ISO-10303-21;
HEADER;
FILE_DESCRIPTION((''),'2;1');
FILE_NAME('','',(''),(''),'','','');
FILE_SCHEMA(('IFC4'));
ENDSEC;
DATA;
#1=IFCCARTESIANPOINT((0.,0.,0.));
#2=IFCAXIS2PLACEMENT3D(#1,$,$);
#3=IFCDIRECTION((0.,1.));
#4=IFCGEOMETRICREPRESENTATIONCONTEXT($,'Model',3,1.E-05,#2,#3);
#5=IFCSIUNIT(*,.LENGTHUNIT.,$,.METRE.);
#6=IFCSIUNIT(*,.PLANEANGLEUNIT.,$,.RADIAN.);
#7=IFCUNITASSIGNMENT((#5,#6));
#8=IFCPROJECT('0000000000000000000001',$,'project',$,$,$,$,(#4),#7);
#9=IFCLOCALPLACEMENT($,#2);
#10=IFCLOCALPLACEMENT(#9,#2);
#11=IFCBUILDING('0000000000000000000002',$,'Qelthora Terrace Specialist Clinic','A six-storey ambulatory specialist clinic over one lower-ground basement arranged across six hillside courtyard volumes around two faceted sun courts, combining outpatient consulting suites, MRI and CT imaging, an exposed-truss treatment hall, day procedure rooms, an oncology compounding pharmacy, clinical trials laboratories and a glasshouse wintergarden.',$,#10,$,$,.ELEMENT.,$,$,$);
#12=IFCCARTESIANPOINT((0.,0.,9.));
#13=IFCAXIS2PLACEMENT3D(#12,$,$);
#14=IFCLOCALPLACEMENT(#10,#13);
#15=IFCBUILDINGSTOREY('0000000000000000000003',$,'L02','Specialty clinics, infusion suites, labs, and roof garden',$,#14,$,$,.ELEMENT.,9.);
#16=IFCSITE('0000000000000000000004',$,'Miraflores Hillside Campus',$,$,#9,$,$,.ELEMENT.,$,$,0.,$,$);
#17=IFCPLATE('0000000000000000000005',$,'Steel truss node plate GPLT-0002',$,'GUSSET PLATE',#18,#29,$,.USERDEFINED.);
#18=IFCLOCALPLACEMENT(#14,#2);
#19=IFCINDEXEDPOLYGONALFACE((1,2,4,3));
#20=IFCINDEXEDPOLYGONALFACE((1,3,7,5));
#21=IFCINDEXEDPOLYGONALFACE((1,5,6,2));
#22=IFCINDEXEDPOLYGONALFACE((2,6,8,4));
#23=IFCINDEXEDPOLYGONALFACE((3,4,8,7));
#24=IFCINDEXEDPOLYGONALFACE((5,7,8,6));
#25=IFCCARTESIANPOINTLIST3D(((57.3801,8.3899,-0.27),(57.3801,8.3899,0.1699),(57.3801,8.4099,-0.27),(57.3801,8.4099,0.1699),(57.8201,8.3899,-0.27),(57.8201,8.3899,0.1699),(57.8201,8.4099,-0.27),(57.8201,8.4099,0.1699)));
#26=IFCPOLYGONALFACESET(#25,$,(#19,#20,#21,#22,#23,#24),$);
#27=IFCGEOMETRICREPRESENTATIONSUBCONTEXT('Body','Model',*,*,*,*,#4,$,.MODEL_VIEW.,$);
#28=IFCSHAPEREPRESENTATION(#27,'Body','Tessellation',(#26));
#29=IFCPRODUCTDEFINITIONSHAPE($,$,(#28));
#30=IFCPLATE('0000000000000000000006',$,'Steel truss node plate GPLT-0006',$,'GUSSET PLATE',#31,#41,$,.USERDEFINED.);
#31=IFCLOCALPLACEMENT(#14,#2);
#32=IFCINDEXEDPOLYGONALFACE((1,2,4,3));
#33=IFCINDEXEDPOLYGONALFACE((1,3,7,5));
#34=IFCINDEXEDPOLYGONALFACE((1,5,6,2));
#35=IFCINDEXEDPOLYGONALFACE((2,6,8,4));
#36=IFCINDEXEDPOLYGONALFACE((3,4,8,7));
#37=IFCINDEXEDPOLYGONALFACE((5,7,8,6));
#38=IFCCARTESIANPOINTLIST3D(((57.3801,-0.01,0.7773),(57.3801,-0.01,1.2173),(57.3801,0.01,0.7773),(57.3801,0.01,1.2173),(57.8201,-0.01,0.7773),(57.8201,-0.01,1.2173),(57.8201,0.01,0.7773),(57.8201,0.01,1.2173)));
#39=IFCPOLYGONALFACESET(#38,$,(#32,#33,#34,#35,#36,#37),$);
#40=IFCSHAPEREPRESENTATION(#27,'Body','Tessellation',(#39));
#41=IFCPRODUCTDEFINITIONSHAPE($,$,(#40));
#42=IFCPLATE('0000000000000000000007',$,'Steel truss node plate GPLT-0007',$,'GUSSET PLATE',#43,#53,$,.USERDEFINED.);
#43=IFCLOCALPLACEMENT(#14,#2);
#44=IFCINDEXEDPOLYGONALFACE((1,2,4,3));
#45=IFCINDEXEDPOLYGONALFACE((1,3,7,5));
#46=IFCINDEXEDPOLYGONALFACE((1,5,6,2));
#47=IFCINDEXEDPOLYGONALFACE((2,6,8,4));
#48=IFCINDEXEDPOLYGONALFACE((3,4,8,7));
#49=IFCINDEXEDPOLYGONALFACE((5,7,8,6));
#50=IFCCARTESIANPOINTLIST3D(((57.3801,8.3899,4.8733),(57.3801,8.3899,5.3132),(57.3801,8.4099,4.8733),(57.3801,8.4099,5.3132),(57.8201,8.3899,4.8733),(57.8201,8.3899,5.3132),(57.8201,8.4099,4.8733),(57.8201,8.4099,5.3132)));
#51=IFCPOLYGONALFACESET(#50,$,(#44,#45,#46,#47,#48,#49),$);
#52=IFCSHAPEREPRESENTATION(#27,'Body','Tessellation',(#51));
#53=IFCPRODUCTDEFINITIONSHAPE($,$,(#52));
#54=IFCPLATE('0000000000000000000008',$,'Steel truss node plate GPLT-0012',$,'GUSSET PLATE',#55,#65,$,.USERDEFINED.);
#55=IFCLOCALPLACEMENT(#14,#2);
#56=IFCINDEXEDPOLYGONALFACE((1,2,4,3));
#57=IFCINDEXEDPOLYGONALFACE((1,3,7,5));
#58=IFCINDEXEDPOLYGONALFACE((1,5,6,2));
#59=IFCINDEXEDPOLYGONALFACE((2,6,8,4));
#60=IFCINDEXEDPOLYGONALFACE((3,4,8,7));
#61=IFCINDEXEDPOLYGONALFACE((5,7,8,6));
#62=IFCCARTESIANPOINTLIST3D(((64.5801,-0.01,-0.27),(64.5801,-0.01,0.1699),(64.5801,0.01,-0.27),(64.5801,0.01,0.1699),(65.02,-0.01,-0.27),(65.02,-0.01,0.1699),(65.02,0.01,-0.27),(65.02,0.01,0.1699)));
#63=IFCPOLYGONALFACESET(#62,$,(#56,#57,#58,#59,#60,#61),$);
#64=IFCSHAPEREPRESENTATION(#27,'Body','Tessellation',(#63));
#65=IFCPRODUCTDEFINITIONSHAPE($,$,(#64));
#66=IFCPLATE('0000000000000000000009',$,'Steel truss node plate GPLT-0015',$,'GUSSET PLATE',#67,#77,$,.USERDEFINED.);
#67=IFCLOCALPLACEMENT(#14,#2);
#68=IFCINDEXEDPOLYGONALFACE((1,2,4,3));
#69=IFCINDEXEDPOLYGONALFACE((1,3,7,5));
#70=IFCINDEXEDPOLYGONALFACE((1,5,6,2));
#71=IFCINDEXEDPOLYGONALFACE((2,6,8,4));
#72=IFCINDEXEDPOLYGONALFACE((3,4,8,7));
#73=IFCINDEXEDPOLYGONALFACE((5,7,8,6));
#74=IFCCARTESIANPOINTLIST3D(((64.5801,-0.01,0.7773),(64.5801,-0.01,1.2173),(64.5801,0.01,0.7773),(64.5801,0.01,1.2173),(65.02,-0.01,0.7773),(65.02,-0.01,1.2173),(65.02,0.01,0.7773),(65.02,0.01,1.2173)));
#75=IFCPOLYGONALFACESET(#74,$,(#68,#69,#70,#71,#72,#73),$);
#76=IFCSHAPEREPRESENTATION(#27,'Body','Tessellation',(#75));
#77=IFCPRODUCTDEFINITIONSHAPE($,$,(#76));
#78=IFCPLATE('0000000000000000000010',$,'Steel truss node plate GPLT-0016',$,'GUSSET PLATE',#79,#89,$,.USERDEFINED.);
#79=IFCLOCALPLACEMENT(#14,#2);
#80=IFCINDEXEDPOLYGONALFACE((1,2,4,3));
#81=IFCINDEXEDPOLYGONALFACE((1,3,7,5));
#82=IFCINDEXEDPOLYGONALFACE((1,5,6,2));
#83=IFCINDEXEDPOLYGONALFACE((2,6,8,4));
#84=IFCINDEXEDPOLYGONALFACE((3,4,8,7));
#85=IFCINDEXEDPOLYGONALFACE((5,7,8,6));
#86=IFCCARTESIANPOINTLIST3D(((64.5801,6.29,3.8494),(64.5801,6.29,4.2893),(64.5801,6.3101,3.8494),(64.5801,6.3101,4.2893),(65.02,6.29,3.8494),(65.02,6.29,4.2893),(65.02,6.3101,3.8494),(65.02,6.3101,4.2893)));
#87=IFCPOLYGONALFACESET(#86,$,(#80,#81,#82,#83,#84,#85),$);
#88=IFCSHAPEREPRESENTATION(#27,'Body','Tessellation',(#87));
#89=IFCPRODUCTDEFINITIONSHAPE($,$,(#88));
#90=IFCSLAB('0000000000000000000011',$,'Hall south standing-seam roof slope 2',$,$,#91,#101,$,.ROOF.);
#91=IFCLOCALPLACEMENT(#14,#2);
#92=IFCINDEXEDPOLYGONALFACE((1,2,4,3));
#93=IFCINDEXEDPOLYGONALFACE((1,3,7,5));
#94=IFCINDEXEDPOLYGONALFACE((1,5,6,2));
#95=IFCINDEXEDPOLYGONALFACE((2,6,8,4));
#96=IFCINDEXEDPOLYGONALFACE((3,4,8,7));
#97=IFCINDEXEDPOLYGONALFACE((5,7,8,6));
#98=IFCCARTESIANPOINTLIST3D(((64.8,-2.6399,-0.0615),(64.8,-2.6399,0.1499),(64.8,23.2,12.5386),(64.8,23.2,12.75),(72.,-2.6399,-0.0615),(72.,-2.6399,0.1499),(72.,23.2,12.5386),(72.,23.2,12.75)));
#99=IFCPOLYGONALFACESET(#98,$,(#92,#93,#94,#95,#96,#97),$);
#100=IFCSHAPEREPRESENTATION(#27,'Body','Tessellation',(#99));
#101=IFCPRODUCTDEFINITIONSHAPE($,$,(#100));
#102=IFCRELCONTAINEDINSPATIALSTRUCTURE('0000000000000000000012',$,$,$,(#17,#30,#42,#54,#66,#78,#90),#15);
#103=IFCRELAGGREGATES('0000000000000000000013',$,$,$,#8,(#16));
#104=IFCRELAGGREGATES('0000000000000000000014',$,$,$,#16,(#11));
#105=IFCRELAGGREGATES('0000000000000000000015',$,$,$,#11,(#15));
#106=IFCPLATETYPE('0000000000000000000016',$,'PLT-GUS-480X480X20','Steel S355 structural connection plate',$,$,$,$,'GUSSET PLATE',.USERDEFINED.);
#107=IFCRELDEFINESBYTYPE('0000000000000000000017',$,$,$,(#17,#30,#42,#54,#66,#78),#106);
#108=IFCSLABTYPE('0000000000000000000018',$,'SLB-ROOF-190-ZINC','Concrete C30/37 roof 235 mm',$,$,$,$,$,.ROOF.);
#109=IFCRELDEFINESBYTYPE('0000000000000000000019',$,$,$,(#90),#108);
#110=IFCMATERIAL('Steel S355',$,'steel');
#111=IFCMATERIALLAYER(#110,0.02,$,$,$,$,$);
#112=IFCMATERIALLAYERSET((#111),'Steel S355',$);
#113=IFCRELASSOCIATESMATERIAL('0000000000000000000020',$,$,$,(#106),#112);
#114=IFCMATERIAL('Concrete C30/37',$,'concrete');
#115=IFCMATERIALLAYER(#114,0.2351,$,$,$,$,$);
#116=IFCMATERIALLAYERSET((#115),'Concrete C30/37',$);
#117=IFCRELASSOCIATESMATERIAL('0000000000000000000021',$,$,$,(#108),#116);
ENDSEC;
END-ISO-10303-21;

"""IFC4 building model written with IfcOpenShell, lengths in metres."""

from ifc_helpers import new_model, si_unit, direction, frame, origin, origin_2d, place, context, subcontext, project, spatial, polyline, rectangle, outline, extrude, material, layer, layer_set, type_object, element, save


model = new_model("IFC4")

# Units and contexts
model_context = context("Model", 3, precision=1e-05, world=origin(), true_north=direction((0.0, 1.0)))
body_context = subcontext(model_context, "Body", "Model", "MODEL_VIEW")
ifc_project = project(units=[si_unit("LENGTHUNIT", "METRE"), si_unit("PLANEANGLEUNIT", "RADIAN")], contexts=[model_context])

# Site, building, storey
site_placement = place(None, origin())
site = spatial("IfcSite", under=ifc_project, at=site_placement, Name="Miraflores Hillside Campus", CompositionType="ELEMENT", RefElevation=0.0)
building_placement = place(site_placement, origin())
building = spatial("IfcBuilding", under=site, at=building_placement, Name="Qelthora Terrace Specialist Clinic", Description="A six-storey ambulatory specialist clinic over one lower-ground basement arranged across six hillside courtyard volumes around two faceted sun courts, combining outpatient consulting suites, MRI and CT imaging, an exposed-truss treatment hall, day procedure rooms, an oncology compounding pharmacy, clinical trials laboratories and a glasshouse wintergarden.", CompositionType="ELEMENT")
storey_placement = place(building_placement, frame((0.0, 0.0, 9.0)))
storey = spatial("IfcBuildingStorey", under=building, at=storey_placement, Name="L02", Description="Specialty clinics, infusion suites, labs, and roof garden", CompositionType="ELEMENT", Elevation=9.0)

# Shared definitions
ifc_material_1 = material(Name="Steel S355", Category="steel")

# Plates
ifc_layer_1 = layer(ifc_material_1, 0.02)
ifc_layer_set_1 = layer_set([ifc_layer_1], Name="Steel S355")
plate_type_1 = type_object("IfcPlateType", Name="PLT-GUS-480X480X20", Description="Steel S355 structural connection plate", ElementType="GUSSET PLATE", PredefinedType="USERDEFINED", material=ifc_layer_set_1)
for number, where, z_axis, x_axis, name in (
    (1, (57.6001, 8.3999, -0.27), (0.0, 0.0, 1.0), (1.0, 0.0, 0.0), "Steel truss node plate GPLT-0002"),
    (2, (57.6001, 0.0, 0.7773), (0.0, 0.0, 1.0), (1.0, 0.0, 0.0), "Steel truss node plate GPLT-0006"),
    (3, (57.6001, 8.3999, 4.8733), (0.0, 0.0, 1.0), (1.0, 0.0, 0.0), "Steel truss node plate GPLT-0007"),
    (4, (64.8, 0.0, -0.27), (0.0, 0.0, 1.0), (1.0, 0.0, 0.0), "Steel truss node plate GPLT-0012"),
    (5, (64.8, 0.0, 0.7773), (0.0, 0.0, 1.0), (1.0, 0.0, 0.0), "Steel truss node plate GPLT-0015"),
    (6, (64.8, 6.3, 3.8494), (0.0, 0.0, 1.0), (1.0, 0.0, 0.0), "Steel truss node plate GPLT-0016"),
):
    element("IfcPlate", number, at=place(storey_placement, frame(where, z_axis=z_axis, x_axis=x_axis)), inside=storey, type_object=plate_type_1, Name=name, ObjectType="GUSSET PLATE", PredefinedType="USERDEFINED", context=body_context, shape_type="SweptSolid", body=[
        extrude(rectangle(XDim=0.4399, YDim=0.02, at=origin_2d()), origin(), (0.0, 0.0, 1.0), 0.4399),
    ])

# Slab
ifc_material_2 = material(Name="Concrete C30/37", Category="concrete")
ifc_layer_2 = layer(ifc_material_2, 0.2351)
ifc_layer_set_2 = layer_set([ifc_layer_2], Name="Concrete C30/37")
slab_type = type_object("IfcSlabType", Name="SLB-ROOF-190-ZINC", Description="Concrete C30/37 roof 235 mm", PredefinedType="ROOF", material=ifc_layer_set_2)
slab_placement = place(storey_placement, frame((64.8, -2.6399, -0.0615), z_axis=(0.0, -0.438291, 0.898833), x_axis=(1.0, 0.0, 0.0)))
element("IfcSlab", 7, at=slab_placement, inside=storey, type_object=slab_type, Name="Hall south standing-seam roof slope 2", PredefinedType="ROOF", context=body_context, shape_type="SweptSolid", body=[
    extrude(outline(polyline([(0.0, 0.0), (7.2, 0.0), (7.2, 28.7482), (0.0, 28.7482), (0.0, 0.0)])), origin(), (0.0, 0.438291, 0.898833), 0.2114),
])

save(model, "model.ifc")
